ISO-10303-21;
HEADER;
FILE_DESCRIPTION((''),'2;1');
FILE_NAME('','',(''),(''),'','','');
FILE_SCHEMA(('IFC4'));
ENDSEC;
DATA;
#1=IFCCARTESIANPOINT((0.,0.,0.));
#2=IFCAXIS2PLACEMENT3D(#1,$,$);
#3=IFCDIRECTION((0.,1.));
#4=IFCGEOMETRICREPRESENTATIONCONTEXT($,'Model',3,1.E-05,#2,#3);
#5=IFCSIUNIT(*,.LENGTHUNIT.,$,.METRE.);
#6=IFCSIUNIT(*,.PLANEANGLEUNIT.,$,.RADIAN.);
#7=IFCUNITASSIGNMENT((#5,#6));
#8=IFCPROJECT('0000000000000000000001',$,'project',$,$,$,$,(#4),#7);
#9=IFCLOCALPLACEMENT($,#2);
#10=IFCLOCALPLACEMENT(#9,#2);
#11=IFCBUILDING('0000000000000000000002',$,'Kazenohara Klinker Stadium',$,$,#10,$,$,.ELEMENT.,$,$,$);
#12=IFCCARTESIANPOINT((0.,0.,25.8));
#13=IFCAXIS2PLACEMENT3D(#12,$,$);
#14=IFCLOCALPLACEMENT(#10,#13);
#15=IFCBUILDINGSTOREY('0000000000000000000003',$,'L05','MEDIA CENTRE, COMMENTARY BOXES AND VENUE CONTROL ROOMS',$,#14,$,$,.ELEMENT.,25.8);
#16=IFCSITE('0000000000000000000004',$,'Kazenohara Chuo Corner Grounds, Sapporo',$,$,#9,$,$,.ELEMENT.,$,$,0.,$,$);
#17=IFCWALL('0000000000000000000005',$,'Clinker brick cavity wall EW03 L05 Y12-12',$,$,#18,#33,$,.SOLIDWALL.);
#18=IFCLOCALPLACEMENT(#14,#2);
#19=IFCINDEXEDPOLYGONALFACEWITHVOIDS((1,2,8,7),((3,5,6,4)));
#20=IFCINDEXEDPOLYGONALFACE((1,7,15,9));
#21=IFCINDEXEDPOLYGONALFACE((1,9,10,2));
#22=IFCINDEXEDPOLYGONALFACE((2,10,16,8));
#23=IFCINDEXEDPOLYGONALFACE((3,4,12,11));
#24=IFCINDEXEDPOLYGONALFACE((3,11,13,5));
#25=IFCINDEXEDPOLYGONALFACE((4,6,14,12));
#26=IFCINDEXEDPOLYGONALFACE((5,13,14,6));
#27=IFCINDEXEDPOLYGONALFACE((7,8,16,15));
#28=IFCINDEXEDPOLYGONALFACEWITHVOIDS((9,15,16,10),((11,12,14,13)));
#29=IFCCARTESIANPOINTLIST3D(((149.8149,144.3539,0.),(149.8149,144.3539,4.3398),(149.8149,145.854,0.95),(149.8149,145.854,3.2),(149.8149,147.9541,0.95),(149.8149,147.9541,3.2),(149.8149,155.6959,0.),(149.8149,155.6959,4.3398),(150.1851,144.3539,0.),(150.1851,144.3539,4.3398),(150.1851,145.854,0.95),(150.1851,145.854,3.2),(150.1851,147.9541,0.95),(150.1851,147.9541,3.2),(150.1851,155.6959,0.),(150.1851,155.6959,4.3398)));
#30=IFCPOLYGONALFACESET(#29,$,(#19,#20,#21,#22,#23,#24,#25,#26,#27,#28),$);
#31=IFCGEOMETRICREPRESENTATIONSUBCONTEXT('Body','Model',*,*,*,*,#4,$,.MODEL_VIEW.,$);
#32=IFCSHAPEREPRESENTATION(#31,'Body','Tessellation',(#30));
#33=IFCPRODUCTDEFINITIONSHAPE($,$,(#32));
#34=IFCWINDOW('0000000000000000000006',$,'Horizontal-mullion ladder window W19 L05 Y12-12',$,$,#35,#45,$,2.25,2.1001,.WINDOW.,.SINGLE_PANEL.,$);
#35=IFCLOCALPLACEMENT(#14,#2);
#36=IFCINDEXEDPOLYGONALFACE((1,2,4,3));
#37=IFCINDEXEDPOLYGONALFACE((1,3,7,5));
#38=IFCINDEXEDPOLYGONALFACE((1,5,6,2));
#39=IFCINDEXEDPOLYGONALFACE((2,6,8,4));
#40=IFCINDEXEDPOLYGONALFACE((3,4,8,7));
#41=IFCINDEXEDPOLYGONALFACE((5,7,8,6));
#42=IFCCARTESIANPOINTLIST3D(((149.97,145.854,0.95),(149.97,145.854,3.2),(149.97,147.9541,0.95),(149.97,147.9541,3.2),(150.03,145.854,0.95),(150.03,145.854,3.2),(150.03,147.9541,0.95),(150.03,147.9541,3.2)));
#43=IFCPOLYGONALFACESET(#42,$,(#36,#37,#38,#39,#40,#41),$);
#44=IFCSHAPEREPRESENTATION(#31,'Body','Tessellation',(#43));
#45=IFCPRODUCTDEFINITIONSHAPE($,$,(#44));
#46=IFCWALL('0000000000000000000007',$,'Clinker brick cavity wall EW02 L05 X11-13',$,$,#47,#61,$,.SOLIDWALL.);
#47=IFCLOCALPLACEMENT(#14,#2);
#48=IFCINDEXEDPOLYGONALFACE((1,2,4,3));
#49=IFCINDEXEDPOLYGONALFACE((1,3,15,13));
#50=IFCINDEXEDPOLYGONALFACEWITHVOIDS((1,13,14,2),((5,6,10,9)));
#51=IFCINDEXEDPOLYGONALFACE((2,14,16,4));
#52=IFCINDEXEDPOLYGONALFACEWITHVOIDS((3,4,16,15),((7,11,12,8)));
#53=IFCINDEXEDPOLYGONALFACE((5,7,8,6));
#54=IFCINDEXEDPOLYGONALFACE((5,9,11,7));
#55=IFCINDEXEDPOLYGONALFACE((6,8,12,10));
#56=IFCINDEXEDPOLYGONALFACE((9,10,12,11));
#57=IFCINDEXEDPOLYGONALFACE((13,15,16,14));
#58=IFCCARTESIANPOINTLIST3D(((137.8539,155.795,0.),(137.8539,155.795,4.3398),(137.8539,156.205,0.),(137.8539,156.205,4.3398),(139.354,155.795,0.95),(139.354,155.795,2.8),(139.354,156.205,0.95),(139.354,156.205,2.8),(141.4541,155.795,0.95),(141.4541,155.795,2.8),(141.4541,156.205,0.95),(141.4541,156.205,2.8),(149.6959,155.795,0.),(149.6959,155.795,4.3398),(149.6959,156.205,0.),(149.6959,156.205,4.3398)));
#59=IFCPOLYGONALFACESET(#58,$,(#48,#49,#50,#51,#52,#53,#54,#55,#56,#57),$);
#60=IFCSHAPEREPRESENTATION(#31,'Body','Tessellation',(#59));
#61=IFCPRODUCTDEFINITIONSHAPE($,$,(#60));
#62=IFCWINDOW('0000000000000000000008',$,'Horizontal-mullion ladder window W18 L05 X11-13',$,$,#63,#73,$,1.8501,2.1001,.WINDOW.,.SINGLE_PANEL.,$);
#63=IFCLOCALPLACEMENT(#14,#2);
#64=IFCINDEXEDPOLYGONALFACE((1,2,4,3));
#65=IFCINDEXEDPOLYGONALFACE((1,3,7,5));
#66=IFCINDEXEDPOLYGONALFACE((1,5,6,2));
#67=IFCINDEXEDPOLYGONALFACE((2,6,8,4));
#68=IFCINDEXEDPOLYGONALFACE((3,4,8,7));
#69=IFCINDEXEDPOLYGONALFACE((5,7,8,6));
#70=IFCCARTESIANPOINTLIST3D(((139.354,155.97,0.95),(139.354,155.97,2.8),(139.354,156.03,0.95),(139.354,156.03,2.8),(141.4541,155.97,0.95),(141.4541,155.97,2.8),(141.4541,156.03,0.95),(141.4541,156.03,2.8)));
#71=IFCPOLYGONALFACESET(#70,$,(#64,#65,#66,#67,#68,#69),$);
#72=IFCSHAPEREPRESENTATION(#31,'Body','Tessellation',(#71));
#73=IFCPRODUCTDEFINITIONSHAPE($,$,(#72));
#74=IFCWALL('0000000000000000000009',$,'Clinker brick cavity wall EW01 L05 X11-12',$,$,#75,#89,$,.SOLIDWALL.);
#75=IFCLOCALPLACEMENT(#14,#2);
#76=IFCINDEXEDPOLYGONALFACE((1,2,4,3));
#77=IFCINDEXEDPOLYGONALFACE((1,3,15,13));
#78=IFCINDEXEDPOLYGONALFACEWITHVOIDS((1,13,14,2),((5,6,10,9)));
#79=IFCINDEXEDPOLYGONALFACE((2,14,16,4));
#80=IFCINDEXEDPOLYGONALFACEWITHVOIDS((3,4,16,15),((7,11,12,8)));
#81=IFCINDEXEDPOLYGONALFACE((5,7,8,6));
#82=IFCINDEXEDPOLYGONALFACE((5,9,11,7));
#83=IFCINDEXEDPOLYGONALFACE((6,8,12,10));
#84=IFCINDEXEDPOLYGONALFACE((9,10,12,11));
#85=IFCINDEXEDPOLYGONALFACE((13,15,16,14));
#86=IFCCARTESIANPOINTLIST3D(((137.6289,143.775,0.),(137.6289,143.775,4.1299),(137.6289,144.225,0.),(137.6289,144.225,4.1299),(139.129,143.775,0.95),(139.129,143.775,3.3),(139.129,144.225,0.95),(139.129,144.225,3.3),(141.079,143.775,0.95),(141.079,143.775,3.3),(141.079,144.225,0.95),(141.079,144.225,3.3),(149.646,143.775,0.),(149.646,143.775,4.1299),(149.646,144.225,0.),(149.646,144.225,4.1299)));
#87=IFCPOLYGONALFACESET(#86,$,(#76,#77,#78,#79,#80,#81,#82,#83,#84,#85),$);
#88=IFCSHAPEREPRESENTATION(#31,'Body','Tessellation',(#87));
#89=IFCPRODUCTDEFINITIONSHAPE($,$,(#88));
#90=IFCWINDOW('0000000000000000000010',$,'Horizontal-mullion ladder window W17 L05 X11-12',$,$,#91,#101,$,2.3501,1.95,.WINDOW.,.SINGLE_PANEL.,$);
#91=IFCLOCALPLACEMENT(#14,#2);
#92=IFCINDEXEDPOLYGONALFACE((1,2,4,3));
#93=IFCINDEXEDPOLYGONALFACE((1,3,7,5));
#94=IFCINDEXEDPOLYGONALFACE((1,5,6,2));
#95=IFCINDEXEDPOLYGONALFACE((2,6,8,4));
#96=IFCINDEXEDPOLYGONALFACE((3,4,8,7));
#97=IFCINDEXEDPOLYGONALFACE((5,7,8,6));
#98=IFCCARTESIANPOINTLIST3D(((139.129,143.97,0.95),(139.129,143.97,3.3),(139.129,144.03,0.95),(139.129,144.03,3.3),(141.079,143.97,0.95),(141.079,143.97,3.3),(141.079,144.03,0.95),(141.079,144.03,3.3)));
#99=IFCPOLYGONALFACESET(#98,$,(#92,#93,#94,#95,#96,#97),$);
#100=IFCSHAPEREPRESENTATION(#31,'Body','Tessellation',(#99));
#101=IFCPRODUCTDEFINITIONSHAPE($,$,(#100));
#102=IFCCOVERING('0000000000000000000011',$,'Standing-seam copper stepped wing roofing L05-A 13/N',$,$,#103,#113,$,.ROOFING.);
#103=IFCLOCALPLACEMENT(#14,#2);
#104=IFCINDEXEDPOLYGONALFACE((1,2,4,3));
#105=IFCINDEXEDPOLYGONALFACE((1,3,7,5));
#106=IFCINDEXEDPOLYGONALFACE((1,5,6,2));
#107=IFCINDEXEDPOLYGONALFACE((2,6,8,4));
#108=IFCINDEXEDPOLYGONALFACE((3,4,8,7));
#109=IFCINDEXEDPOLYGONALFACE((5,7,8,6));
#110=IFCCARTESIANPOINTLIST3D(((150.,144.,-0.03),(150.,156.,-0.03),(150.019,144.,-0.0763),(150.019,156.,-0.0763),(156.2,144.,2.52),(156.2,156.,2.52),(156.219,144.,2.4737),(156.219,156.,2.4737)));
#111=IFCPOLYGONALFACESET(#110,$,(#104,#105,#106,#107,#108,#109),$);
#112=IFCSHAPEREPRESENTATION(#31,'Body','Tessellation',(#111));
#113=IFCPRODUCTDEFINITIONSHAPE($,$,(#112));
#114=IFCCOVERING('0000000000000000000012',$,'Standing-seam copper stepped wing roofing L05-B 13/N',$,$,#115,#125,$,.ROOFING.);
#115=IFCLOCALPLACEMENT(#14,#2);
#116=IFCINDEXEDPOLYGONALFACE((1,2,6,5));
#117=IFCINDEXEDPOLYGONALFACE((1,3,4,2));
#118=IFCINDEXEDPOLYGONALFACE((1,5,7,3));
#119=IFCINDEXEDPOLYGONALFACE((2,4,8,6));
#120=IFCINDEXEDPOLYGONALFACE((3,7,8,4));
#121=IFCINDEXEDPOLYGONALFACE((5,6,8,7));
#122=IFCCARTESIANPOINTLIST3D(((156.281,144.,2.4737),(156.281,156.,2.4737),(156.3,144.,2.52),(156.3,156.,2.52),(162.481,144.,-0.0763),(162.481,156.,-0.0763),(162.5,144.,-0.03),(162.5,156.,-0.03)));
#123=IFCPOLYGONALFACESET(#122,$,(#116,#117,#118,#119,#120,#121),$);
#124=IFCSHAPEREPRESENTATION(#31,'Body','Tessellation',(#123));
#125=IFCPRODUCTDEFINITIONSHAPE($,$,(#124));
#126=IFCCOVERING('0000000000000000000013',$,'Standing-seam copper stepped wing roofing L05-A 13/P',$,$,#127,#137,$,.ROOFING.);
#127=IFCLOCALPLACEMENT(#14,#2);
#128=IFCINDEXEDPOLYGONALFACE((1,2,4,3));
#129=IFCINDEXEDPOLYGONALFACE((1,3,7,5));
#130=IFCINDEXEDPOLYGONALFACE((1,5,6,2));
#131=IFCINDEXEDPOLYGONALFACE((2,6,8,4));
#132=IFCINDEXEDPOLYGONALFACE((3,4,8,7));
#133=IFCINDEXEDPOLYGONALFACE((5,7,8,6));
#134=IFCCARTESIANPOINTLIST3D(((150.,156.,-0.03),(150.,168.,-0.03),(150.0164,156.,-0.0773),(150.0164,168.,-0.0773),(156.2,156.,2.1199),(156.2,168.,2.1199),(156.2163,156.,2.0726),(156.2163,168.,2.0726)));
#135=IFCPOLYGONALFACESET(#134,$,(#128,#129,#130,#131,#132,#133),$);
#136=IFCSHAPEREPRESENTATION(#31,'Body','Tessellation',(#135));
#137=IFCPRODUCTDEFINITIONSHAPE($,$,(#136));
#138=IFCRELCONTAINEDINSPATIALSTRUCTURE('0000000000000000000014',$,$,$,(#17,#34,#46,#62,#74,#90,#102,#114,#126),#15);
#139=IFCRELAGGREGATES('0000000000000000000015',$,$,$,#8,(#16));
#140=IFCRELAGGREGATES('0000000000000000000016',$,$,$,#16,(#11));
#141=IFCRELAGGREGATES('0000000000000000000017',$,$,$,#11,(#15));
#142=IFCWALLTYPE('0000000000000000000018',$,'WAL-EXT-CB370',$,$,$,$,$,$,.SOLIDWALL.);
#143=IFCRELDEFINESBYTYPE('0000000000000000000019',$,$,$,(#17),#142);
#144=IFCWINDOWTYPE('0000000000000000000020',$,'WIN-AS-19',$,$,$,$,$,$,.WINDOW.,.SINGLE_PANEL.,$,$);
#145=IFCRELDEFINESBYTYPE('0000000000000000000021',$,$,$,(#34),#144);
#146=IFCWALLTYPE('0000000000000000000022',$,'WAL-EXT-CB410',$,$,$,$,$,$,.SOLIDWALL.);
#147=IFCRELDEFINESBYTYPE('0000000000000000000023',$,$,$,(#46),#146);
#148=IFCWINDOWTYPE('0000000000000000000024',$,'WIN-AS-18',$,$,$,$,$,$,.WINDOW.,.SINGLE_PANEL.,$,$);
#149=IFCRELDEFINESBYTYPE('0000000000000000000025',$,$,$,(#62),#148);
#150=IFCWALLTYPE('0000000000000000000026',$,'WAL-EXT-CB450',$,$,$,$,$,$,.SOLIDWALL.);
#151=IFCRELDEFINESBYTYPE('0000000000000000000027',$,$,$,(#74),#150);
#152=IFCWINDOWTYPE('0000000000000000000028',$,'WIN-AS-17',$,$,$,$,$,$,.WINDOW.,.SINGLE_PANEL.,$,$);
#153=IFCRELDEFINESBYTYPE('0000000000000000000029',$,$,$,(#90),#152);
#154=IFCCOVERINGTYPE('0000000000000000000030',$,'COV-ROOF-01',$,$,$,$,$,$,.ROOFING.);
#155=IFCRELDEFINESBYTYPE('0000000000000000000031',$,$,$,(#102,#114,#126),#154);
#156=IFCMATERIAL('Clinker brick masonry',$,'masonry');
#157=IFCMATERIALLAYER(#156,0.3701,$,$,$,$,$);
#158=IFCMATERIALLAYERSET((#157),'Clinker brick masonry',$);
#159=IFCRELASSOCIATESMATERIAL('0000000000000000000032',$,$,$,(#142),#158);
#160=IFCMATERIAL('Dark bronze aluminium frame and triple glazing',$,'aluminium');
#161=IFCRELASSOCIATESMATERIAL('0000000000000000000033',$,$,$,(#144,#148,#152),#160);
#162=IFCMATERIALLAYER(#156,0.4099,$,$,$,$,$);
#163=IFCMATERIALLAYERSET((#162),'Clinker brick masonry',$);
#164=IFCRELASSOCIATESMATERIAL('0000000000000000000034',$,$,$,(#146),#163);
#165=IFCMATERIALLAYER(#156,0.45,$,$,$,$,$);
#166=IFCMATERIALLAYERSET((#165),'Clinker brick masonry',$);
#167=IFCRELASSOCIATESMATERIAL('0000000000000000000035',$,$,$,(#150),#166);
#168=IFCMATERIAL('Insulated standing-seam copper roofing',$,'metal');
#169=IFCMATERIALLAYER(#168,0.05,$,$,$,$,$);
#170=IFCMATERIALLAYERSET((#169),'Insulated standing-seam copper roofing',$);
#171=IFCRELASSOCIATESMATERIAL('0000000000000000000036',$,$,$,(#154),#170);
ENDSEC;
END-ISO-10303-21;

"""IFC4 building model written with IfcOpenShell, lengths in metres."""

from ifc_helpers import new_model, si_unit, direction, frame, frame_2d, origin, place, context, subcontext, project, spatial, polyline, rectangle, outline, extrude, material, layer, layer_set, type_object, element, fill, save


model = new_model("IFC4")

# Units and contexts
model_context = context("Model", 3, precision=1e-05, world=origin(), true_north=direction((0.0, 1.0)))
body_context = subcontext(model_context, "Body", "Model", "MODEL_VIEW")
ifc_project = project(units=[si_unit("LENGTHUNIT", "METRE"), si_unit("PLANEANGLEUNIT", "RADIAN")], contexts=[model_context])

# Site, building, storey
site_placement = place(None, origin())
site = spatial("IfcSite", under=ifc_project, at=site_placement, Name="Kazenohara Chuo Corner Grounds, Sapporo", CompositionType="ELEMENT", RefElevation=0.0)
building_placement = place(site_placement, origin())
building = spatial("IfcBuilding", under=site, at=building_placement, Name="Kazenohara Klinker Stadium", CompositionType="ELEMENT")
storey_placement = place(building_placement, frame((0.0, 0.0, 25.8)))
storey = spatial("IfcBuildingStorey", under=building, at=storey_placement, Name="L05", Description="MEDIA CENTRE, COMMENTARY BOXES AND VENUE CONTROL ROOMS", CompositionType="ELEMENT", Elevation=25.8)

# Walls, openings, windows
ifc_material_1 = material(Name="Clinker brick masonry", Category="masonry")
ifc_layer_1 = layer(ifc_material_1, 0.3701)
ifc_layer_set_1 = layer_set([ifc_layer_1], Name="Clinker brick masonry")
wall_type_1 = type_object("IfcWallType", Name="WAL-EXT-CB370", PredefinedType="SOLIDWALL", material=ifc_layer_set_1)
wall_1_placement = place(storey_placement, frame((150.0, 144.354, 0.0), z_axis=(0.0, 0.0, 1.0), x_axis=(0.0, 1.0, 0.0)))
wall_1 = element("IfcWall", 1, at=wall_1_placement, inside=storey, type_object=wall_type_1, Name="Clinker brick cavity wall EW03 L05 Y12-12", PredefinedType="SOLIDWALL", context=body_context, shape_type="SweptSolid", body=[
    extrude(rectangle(XDim=11.342, YDim=0.3701, at=frame_2d((5.6709, 0.0))), origin(), (0.0, 0.0, 1.0), 4.3398),
])
opening_1_placement = place(wall_1_placement, frame((1.5, 0.0, 0.95)))
opening_1 = element("IfcOpeningElement", 2, at=opening_1_placement, cuts=wall_1, PredefinedType="OPENING", context=body_context, shape_type="SweptSolid", body=[
    extrude(rectangle(XDim=2.1001, YDim=2.25, at=frame_2d((1.05, 1.125))), frame((0.0, 0.1951, 0.0), z_axis=(0.0, -1.0, 0.0), x_axis=(1.0, 0.0, 0.0)), (0.0, 0.0, 1.0), 0.3901),
])
ifc_material_2 = material(Name="Dark bronze aluminium frame and triple glazing", Category="aluminium")
window_type_1 = type_object("IfcWindowType", Name="WIN-AS-19", PartitioningType="SINGLE_PANEL", PredefinedType="WINDOW", material=ifc_material_2)
window_1_placement = place(opening_1_placement, origin())
window_1 = element("IfcWindow", 3, at=window_1_placement, inside=storey, type_object=window_type_1, Name="Horizontal-mullion ladder window W19 L05 Y12-12", OverallHeight=2.25, OverallWidth=2.1001, PartitioningType="SINGLE_PANEL", PredefinedType="WINDOW", context=body_context, shape_type="SweptSolid", body=[
    extrude(rectangle(XDim=2.1001, YDim=2.25, at=frame_2d((1.05, 1.125))), frame((0.0, 0.03, 0.0), z_axis=(0.0, -1.0, 0.0), x_axis=(1.0, 0.0, 0.0)), (0.0, 0.0, 1.0), 0.0601),
])
fill(opening_1, window_1)
ifc_layer_2 = layer(ifc_material_1, 0.4099)
ifc_layer_set_2 = layer_set([ifc_layer_2], Name="Clinker brick masonry")
wall_type_2 = type_object("IfcWallType", Name="WAL-EXT-CB410", PredefinedType="SOLIDWALL", material=ifc_layer_set_2)
wall_2_placement = place(storey_placement, frame((137.854, 156.0, 0.0), z_axis=(0.0, 0.0, 1.0), x_axis=(1.0, 0.0, 0.0)))
wall_2 = element("IfcWall", 4, at=wall_2_placement, inside=storey, type_object=wall_type_2, Name="Clinker brick cavity wall EW02 L05 X11-13", PredefinedType="SOLIDWALL", context=body_context, shape_type="SweptSolid", body=[
    extrude(rectangle(XDim=11.842, YDim=0.4099, at=frame_2d((5.9209, 0.0))), origin(), (0.0, 0.0, 1.0), 4.3398),
])
opening_2_placement = place(wall_2_placement, frame((1.5, 0.0, 0.95)))
opening_2 = element("IfcOpeningElement", 5, at=opening_2_placement, cuts=wall_2, PredefinedType="OPENING", context=body_context, shape_type="SweptSolid", body=[
    extrude(rectangle(XDim=2.1001, YDim=1.8501, at=frame_2d((1.05, 0.925))), frame((0.0, 0.2148, 0.0), z_axis=(0.0, -1.0, 0.0), x_axis=(1.0, 0.0, 0.0)), (0.0, 0.0, 1.0), 0.4299),
])
window_type_2 = type_object("IfcWindowType", Name="WIN-AS-18", PartitioningType="SINGLE_PANEL", PredefinedType="WINDOW", material=ifc_material_2)
window_2_placement = place(opening_2_placement, origin())
window_2 = element("IfcWindow", 6, at=window_2_placement, inside=storey, type_object=window_type_2, Name="Horizontal-mullion ladder window W18 L05 X11-13", OverallHeight=1.8501, OverallWidth=2.1001, PartitioningType="SINGLE_PANEL", PredefinedType="WINDOW", context=body_context, shape_type="SweptSolid", body=[
    extrude(rectangle(XDim=2.1001, YDim=1.8501, at=frame_2d((1.05, 0.925))), frame((0.0, 0.03, 0.0), z_axis=(0.0, -1.0, 0.0), x_axis=(1.0, 0.0, 0.0)), (0.0, 0.0, 1.0), 0.0601),
])
fill(opening_2, window_2)
ifc_layer_3 = layer(ifc_material_1, 0.45)
ifc_layer_set_3 = layer_set([ifc_layer_3], Name="Clinker brick masonry")
wall_type_3 = type_object("IfcWallType", Name="WAL-EXT-CB450", PredefinedType="SOLIDWALL", material=ifc_layer_set_3)
wall_3_placement = place(storey_placement, frame((137.6289, 144.0, 0.0), z_axis=(0.0, 0.0, 1.0), x_axis=(1.0, 0.0, 0.0)))
wall_3 = element("IfcWall", 7, at=wall_3_placement, inside=storey, type_object=wall_type_3, Name="Clinker brick cavity wall EW01 L05 X11-12", PredefinedType="SOLIDWALL", context=body_context, shape_type="SweptSolid", body=[
    extrude(rectangle(XDim=12.0171, YDim=0.45, at=frame_2d((6.0085, 0.0))), origin(), (0.0, 0.0, 1.0), 4.1299),
])
opening_3_placement = place(wall_3_placement, frame((1.5, 0.0, 0.95)))
opening_3 = element("IfcOpeningElement", 8, at=opening_3_placement, cuts=wall_3, PredefinedType="OPENING", context=body_context, shape_type="SweptSolid", body=[
    extrude(rectangle(XDim=1.95, YDim=2.3501, at=frame_2d((0.9751, 1.175))), frame((0.0, 0.2349, 0.0), z_axis=(0.0, -1.0, 0.0), x_axis=(1.0, 0.0, 0.0)), (0.0, 0.0, 1.0), 0.47),
])
window_type_3 = type_object("IfcWindowType", Name="WIN-AS-17", PartitioningType="SINGLE_PANEL", PredefinedType="WINDOW", material=ifc_material_2)
window_3_placement = place(opening_3_placement, origin())
window_3 = element("IfcWindow", 9, at=window_3_placement, inside=storey, type_object=window_type_3, Name="Horizontal-mullion ladder window W17 L05 X11-12", OverallHeight=2.3501, OverallWidth=1.95, PartitioningType="SINGLE_PANEL", PredefinedType="WINDOW", context=body_context, shape_type="SweptSolid", body=[
    extrude(rectangle(XDim=1.95, YDim=2.3501, at=frame_2d((0.9751, 1.175))), frame((0.0, 0.03, 0.0), z_axis=(0.0, -1.0, 0.0), x_axis=(1.0, 0.0, 0.0)), (0.0, 0.0, 1.0), 0.0601),
])
fill(opening_3, window_3)

# Coverings
ifc_material_3 = material(Name="Insulated standing-seam copper roofing", Category="metal")
ifc_layer_4 = layer(ifc_material_3, 0.05)
ifc_layer_set_4 = layer_set([ifc_layer_4], Name="Insulated standing-seam copper roofing")
covering_type = type_object("IfcCoveringType", Name="COV-ROOF-01", PredefinedType="ROOFING", material=ifc_layer_set_4)
for number, where, z_axis, x_axis, name in (
    (10, (150.0, 144.0, -0.03), (-0.380383, 0.0, 0.924829), (0.924829, 0.0, 0.380383), "Standing-seam copper stepped wing roofing L05-A 13/N"),
    (11, (156.3, 144.0, 2.52), (0.380383, 0.0, 0.924829), (0.924829, 0.0, -0.380383), "Standing-seam copper stepped wing roofing L05-B 13/N"),
):
    element("IfcCovering", number, at=place(storey_placement, frame(where, z_axis=z_axis, x_axis=x_axis)), inside=storey, type_object=covering_type, Name=name, PredefinedType="ROOFING", context=body_context, shape_type="SweptSolid", body=[
        extrude(outline(polyline([(0.0, 0.0), (6.7039, 0.0), (6.7039, 12.0), (0.0, 12.0), (0.0, 0.0)])), origin(), (0.0, 0.0, -1.0), 0.05),
    ])
covering_placement = place(storey_placement, frame((150.0, 156.0, -0.03), z_axis=(-0.327623, 0.0, 0.944809), x_axis=(0.944809, 0.0, 0.327623)))
element("IfcCovering", 12, at=covering_placement, inside=storey, type_object=covering_type, Name="Standing-seam copper stepped wing roofing L05-A 13/P", PredefinedType="ROOFING", context=body_context, shape_type="SweptSolid", body=[
    extrude(outline(polyline([(0.0, 0.0), (6.5621, 0.0), (6.5621, 12.0), (0.0, 12.0), (0.0, 0.0)])), origin(), (0.0, 0.0, -1.0), 0.05),
])

save(model, "model.ifc")
